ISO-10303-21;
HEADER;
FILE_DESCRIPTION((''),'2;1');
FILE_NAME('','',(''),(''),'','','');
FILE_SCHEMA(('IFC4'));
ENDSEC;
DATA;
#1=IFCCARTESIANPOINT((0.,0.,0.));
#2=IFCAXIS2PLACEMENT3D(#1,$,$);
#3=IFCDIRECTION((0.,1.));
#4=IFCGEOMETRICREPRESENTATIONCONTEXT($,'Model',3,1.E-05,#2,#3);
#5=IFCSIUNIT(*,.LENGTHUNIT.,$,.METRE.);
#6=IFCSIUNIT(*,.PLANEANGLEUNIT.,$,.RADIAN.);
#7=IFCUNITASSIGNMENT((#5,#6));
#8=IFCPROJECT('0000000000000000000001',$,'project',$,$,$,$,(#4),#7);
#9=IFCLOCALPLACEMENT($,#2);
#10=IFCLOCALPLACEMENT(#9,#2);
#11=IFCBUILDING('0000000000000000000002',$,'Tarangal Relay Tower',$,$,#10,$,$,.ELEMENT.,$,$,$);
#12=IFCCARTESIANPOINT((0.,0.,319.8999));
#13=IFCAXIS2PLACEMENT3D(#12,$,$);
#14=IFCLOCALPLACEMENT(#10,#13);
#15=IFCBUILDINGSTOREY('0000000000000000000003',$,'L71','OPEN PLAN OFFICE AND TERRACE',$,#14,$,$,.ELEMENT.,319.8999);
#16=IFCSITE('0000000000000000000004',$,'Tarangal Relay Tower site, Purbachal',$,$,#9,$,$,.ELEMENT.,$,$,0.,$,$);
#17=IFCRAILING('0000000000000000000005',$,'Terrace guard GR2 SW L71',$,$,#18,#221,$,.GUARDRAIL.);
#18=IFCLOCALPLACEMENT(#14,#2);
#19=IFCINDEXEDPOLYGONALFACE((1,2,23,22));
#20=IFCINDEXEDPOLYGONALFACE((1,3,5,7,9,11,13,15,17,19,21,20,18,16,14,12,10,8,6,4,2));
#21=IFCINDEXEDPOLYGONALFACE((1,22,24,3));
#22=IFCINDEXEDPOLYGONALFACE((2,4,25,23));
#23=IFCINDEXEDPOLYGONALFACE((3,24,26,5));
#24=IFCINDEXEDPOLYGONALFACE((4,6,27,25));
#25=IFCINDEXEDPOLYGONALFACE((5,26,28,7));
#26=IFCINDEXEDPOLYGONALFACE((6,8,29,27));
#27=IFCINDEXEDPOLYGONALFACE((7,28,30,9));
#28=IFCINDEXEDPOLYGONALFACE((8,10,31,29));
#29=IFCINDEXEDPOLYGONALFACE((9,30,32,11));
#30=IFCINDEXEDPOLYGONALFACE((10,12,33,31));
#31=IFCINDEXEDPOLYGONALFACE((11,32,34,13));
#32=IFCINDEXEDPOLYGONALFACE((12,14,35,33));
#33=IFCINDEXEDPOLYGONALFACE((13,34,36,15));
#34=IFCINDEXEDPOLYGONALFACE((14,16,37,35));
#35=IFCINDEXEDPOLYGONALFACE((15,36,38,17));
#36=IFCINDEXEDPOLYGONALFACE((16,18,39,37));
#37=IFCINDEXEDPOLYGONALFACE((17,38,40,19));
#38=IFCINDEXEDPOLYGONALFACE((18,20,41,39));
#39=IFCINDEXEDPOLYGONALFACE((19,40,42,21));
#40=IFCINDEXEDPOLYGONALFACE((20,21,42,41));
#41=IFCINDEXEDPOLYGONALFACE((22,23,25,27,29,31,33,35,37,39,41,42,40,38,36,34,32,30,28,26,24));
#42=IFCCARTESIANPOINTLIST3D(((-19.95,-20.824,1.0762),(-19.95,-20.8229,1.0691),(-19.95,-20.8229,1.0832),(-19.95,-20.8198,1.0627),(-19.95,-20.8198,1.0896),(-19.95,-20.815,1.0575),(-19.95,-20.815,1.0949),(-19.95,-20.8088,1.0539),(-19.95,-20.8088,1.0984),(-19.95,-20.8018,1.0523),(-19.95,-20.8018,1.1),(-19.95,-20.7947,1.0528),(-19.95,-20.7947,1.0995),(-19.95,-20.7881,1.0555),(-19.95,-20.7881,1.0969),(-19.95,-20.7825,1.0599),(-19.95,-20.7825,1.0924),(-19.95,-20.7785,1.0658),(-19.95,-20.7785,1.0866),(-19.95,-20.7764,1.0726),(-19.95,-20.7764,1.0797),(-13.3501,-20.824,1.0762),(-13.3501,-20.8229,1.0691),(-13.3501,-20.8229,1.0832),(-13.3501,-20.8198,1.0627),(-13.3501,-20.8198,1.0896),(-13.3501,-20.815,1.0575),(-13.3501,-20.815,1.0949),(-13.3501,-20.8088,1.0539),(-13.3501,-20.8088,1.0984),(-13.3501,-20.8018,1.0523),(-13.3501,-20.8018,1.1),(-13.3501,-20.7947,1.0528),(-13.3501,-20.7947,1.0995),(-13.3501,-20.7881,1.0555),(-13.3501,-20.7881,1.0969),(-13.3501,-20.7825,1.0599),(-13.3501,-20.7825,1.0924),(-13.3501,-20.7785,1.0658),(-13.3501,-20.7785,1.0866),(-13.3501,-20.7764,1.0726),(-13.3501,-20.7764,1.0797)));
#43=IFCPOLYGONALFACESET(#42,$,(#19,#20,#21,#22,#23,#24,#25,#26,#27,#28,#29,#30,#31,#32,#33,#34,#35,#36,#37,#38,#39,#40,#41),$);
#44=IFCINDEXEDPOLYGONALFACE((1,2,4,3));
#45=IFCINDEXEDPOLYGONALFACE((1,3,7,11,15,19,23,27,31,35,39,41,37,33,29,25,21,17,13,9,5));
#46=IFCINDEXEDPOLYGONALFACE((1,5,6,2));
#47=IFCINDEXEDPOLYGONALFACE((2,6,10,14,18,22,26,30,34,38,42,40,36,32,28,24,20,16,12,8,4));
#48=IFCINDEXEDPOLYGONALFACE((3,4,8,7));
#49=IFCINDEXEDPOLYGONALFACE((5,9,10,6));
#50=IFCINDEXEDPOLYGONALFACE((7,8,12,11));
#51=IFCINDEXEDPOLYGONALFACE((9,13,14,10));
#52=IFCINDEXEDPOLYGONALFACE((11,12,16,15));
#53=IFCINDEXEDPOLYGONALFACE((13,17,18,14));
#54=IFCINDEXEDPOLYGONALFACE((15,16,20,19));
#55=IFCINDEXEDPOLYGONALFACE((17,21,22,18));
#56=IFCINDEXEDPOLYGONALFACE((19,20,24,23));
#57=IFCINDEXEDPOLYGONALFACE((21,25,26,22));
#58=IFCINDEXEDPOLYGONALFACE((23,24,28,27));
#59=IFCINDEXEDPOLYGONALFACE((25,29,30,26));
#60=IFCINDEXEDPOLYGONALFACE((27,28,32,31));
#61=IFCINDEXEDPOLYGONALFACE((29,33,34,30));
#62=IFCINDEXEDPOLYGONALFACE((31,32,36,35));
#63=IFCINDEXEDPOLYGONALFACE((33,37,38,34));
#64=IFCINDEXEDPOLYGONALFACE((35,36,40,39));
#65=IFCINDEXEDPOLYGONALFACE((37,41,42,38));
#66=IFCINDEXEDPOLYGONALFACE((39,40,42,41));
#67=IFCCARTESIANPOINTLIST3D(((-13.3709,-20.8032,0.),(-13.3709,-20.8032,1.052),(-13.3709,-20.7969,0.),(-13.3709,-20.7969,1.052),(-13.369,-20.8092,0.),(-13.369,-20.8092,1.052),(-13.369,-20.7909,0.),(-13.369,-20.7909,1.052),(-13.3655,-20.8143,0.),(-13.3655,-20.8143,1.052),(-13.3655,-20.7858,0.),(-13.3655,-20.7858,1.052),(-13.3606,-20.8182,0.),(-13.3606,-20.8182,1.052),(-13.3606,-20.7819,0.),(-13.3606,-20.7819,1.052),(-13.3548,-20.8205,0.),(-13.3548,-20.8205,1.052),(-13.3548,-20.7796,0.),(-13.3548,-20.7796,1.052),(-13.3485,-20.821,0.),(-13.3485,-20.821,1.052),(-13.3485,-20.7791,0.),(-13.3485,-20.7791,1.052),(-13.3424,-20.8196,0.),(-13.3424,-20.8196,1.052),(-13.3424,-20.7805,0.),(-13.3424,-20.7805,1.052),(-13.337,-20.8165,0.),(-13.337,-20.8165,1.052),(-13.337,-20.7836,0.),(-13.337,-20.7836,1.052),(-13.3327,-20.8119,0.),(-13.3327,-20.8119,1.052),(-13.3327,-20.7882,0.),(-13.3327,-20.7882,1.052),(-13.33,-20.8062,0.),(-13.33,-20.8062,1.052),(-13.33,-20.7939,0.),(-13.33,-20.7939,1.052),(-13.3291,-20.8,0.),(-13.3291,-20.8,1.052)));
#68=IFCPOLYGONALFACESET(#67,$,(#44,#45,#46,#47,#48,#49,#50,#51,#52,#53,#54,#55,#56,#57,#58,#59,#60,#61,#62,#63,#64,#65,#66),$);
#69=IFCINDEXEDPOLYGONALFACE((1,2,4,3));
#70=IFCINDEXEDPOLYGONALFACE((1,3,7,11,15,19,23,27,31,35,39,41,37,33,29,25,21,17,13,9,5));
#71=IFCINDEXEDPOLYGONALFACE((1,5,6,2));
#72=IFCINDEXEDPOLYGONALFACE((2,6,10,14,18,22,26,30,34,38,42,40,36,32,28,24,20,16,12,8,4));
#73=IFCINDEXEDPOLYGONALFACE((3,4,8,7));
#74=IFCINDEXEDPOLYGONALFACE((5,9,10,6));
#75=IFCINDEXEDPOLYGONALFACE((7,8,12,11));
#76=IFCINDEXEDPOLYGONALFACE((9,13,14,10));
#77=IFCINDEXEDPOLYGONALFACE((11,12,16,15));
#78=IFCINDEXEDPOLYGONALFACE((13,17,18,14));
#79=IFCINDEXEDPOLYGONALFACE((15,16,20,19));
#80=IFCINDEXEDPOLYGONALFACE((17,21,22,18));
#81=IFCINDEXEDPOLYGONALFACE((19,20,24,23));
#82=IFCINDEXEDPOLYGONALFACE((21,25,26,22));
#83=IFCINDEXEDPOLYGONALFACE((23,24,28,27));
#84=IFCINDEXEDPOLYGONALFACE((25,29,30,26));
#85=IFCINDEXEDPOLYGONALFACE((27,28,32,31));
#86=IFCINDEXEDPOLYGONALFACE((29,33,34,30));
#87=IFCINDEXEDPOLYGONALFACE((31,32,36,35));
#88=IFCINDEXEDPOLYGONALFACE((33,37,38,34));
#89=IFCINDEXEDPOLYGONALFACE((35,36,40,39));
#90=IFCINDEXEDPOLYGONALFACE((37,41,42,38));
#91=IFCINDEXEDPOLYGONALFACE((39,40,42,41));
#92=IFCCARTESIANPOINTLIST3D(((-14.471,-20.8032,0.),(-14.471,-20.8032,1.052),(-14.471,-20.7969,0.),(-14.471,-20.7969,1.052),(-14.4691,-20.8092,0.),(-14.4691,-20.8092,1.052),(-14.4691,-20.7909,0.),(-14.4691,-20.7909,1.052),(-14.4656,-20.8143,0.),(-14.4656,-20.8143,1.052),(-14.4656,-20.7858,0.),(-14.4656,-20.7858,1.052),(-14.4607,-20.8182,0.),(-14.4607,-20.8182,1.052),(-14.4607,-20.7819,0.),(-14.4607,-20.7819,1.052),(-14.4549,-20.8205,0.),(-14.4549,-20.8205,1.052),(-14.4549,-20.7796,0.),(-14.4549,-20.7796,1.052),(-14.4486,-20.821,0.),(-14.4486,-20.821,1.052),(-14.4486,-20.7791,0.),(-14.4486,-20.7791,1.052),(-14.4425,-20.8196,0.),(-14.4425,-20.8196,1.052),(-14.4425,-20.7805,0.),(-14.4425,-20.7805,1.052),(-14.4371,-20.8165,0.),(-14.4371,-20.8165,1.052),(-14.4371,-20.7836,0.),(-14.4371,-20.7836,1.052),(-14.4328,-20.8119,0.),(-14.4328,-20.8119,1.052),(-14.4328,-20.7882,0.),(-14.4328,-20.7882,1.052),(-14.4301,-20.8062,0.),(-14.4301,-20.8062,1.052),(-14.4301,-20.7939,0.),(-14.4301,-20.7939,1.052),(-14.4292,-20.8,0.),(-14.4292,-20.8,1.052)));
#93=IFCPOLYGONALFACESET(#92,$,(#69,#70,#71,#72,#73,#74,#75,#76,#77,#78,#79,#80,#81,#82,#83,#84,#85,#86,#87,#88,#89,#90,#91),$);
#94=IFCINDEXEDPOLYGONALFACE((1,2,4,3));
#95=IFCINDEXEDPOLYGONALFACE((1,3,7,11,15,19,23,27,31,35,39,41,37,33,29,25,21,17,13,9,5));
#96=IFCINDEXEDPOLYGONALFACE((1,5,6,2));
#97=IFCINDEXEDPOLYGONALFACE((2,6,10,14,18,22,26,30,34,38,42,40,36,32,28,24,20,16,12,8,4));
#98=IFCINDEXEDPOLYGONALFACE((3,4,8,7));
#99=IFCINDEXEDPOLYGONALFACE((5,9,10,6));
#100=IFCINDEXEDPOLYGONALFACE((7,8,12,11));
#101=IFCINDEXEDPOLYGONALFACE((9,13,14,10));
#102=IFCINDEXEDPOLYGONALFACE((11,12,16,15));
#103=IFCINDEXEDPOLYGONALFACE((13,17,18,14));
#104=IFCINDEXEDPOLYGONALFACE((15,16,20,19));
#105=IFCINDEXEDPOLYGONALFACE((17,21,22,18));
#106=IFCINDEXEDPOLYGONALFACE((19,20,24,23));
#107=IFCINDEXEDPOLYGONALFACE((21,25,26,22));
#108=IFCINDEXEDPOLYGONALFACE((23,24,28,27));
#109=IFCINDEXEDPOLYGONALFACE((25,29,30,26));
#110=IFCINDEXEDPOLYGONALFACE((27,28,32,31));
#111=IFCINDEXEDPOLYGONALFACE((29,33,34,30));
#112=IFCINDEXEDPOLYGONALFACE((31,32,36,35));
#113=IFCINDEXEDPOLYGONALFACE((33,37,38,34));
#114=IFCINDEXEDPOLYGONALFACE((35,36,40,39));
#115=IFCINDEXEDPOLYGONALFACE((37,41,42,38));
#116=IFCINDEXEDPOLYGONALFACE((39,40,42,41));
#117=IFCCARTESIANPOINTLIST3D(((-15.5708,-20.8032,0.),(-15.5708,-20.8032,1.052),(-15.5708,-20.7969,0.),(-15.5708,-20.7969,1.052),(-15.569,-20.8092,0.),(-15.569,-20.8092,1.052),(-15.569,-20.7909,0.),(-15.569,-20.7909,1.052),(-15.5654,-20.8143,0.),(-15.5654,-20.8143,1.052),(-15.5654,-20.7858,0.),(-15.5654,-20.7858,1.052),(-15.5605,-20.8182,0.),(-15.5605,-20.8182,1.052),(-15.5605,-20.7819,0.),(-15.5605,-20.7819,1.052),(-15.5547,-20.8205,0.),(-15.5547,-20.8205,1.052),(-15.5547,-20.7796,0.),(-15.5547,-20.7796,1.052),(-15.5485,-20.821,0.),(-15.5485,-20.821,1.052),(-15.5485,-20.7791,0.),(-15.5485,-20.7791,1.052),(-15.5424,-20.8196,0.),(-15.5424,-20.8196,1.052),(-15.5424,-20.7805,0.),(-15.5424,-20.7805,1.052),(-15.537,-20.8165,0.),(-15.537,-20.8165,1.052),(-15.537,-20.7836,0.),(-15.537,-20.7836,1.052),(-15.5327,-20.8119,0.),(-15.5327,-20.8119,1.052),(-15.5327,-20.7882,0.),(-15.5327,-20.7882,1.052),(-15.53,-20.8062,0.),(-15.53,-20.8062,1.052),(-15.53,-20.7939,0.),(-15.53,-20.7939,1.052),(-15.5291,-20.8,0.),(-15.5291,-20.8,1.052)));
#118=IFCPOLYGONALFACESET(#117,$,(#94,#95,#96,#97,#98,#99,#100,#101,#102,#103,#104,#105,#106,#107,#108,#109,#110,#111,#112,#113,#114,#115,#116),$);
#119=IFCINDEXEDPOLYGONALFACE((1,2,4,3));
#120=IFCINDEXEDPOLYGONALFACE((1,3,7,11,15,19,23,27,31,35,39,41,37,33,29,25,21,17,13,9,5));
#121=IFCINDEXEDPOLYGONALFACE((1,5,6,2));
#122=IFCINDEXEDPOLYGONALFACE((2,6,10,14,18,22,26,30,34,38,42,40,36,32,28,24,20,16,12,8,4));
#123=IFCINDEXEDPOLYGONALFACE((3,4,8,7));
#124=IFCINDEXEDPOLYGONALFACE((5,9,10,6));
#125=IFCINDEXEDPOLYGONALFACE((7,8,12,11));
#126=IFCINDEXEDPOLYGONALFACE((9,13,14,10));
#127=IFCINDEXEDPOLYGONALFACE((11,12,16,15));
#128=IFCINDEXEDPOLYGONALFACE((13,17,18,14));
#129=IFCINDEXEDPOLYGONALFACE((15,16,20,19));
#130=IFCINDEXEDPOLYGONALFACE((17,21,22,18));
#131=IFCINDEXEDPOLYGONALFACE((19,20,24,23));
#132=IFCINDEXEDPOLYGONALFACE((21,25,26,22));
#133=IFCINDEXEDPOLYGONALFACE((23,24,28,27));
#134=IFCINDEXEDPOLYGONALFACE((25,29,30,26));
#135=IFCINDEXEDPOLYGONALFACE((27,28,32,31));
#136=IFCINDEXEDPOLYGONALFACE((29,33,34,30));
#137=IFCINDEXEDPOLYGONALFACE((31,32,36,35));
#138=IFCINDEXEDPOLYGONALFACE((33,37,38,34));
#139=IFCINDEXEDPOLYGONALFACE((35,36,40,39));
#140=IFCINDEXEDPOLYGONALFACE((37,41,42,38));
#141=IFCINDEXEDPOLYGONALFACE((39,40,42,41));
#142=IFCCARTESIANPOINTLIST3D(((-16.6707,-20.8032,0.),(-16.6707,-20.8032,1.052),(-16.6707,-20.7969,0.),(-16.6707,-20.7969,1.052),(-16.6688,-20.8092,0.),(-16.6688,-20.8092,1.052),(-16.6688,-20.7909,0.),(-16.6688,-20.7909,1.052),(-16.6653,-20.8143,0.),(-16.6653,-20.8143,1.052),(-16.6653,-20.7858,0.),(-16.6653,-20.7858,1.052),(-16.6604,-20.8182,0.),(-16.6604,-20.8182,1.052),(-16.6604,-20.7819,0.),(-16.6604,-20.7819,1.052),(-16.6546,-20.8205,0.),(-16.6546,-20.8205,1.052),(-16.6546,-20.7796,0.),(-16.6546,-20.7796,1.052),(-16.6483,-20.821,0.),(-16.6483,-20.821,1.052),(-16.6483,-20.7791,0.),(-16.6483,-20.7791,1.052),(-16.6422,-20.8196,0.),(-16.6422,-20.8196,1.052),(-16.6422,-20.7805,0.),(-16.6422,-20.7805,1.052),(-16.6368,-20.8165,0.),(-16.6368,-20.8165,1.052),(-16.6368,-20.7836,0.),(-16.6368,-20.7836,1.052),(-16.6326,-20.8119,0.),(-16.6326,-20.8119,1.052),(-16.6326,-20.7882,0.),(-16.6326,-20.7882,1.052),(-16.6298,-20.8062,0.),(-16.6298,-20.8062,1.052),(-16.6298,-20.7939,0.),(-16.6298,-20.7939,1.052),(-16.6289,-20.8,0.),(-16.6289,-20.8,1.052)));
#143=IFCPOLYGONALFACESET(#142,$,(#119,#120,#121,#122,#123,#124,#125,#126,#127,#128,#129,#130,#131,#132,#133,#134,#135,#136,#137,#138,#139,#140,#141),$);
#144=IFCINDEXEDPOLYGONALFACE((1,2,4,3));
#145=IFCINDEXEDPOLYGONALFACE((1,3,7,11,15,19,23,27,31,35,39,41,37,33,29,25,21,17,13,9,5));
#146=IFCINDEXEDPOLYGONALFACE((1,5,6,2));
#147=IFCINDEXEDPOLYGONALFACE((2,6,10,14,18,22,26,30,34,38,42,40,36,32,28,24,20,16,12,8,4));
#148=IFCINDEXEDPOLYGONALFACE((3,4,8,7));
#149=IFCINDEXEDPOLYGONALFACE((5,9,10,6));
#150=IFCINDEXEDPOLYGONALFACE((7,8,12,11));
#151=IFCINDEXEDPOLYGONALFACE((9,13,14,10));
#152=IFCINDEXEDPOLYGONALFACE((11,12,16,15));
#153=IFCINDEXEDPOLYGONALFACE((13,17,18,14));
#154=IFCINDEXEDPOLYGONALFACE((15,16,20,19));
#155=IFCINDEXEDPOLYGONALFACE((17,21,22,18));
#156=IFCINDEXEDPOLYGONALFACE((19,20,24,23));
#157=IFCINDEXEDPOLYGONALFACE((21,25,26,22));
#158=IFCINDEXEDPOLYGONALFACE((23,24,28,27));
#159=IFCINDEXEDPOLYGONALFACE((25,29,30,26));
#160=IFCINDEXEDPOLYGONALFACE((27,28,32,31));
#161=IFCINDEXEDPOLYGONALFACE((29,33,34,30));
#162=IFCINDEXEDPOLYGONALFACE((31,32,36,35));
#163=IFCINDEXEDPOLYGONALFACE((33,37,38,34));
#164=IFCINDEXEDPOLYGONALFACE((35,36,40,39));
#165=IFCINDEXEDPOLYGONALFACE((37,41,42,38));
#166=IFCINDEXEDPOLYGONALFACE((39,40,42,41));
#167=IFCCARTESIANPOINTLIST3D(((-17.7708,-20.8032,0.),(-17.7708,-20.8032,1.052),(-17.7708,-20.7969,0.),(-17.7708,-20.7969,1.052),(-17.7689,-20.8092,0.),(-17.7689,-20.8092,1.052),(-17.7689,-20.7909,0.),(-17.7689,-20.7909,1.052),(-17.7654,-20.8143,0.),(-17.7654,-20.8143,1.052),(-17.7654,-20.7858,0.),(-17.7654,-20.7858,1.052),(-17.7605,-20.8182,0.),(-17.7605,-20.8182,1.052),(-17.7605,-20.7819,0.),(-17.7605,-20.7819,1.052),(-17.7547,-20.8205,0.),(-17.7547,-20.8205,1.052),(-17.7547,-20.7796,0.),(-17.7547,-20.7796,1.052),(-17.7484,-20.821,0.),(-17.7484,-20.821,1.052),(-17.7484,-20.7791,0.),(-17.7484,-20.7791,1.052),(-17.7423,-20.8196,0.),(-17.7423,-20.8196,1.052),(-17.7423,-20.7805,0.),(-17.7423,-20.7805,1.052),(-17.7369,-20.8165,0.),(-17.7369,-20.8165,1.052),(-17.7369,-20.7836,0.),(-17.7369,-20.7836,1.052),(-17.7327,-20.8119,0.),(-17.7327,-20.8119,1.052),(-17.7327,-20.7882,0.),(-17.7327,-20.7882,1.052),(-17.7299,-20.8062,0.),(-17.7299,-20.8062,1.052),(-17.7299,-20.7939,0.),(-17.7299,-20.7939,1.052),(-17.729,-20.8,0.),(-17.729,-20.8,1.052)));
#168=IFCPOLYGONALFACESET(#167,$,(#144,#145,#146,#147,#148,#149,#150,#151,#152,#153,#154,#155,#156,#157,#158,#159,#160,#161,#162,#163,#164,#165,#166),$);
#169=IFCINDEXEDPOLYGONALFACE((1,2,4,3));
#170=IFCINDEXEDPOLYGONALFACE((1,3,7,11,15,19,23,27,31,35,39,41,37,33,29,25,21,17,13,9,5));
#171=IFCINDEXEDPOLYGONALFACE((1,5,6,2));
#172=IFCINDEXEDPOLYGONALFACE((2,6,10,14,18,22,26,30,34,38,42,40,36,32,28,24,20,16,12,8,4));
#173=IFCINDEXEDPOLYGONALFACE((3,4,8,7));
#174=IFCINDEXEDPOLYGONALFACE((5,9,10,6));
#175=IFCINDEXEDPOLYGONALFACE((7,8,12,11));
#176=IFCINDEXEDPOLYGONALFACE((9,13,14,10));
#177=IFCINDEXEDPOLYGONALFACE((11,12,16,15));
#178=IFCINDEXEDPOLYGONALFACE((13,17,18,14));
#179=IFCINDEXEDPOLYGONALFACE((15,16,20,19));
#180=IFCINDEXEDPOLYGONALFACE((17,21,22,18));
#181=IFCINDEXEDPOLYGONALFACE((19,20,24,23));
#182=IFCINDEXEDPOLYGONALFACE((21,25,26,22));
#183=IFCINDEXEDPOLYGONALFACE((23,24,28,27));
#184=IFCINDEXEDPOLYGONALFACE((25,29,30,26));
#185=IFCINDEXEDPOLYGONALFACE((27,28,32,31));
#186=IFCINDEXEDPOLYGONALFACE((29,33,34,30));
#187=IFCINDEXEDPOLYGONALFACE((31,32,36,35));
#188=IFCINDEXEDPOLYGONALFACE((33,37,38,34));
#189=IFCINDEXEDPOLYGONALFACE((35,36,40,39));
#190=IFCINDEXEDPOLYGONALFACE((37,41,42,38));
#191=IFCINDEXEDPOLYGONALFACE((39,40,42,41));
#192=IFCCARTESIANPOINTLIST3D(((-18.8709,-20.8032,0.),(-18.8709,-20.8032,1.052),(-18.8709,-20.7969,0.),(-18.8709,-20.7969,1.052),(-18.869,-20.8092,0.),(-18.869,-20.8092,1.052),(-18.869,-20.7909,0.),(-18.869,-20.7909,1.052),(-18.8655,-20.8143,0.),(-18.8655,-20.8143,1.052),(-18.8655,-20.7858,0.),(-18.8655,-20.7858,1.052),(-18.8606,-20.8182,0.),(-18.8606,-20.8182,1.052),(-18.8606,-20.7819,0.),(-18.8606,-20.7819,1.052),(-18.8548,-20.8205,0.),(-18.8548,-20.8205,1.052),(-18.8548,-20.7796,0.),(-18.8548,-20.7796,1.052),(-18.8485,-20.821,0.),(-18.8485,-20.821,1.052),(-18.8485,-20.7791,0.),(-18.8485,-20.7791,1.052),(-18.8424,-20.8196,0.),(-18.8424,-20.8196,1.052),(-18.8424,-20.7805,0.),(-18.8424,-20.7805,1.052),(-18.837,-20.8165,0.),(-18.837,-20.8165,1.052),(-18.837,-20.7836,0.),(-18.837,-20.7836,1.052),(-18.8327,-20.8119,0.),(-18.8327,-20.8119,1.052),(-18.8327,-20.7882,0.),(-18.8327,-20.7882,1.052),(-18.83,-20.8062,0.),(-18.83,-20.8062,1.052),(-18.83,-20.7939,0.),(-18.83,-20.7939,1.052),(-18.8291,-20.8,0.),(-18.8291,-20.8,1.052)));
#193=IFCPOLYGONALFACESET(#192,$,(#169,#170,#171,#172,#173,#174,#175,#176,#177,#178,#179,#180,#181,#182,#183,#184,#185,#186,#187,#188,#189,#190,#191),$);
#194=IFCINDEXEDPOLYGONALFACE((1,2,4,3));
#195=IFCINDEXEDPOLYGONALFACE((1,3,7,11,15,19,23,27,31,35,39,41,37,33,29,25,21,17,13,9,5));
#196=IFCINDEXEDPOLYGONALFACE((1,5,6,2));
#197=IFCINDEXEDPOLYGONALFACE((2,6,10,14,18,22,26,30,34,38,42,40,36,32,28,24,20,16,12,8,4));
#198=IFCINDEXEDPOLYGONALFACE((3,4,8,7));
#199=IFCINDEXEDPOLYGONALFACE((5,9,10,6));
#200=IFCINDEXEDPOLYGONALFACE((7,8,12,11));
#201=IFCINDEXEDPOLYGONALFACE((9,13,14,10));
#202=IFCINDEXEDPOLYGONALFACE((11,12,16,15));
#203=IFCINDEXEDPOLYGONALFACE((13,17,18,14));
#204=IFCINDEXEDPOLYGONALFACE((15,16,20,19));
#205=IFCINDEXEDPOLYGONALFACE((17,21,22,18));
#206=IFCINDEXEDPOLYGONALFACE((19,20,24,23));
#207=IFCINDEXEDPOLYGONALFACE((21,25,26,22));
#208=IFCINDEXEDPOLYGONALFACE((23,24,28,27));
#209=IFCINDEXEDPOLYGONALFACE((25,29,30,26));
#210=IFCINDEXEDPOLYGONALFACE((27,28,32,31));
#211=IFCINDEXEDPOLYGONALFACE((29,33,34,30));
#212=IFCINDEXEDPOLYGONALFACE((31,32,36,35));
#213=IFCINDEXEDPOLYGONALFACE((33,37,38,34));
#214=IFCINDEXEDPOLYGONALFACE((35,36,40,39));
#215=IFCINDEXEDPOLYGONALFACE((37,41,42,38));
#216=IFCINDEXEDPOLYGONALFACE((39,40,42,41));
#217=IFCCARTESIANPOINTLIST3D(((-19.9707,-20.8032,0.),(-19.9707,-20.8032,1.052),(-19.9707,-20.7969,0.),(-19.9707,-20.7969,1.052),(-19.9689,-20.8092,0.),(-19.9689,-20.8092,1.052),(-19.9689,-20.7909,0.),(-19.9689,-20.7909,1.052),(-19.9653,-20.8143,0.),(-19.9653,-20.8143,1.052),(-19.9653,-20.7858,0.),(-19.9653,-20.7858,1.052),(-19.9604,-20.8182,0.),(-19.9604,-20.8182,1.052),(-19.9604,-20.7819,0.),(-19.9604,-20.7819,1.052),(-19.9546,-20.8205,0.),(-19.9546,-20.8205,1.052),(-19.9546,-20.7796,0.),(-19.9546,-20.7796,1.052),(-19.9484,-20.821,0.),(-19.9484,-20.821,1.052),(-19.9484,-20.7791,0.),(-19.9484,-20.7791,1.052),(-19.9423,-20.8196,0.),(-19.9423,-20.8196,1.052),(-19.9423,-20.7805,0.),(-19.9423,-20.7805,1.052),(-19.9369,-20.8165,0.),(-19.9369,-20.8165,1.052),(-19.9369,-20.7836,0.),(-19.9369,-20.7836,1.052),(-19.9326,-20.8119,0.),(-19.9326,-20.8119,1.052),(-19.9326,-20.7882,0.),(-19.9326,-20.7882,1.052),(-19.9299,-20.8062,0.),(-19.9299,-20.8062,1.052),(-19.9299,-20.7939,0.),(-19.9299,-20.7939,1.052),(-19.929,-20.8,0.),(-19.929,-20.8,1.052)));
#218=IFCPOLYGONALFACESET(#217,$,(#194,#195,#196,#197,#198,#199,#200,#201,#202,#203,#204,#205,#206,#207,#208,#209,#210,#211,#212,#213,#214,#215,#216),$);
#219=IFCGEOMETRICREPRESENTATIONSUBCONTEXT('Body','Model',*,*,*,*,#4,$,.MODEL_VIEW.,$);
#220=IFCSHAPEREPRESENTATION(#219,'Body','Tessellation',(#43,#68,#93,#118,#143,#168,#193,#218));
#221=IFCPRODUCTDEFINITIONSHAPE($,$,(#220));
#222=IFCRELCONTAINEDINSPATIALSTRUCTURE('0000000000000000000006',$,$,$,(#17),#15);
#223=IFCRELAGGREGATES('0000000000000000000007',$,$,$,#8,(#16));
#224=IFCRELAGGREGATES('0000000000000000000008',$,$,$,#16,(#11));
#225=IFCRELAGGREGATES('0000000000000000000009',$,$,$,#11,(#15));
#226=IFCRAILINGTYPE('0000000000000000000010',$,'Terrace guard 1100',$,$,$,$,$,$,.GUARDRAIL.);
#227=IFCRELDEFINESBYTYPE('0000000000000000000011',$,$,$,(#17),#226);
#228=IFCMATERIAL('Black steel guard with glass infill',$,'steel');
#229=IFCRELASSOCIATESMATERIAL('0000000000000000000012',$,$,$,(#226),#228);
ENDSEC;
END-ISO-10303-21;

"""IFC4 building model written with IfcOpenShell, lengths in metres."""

from ifc_helpers import new_model, si_unit, direction, frame, origin, origin_2d, place, context, subcontext, project, spatial, circle, extrude, material, type_object, element, save


model = new_model("IFC4")

# Units and contexts
model_context = context("Model", 3, precision=1e-05, world=origin(), true_north=direction((0.0, 1.0)))
body_context = subcontext(model_context, "Body", "Model", "MODEL_VIEW")
ifc_project = project(units=[si_unit("LENGTHUNIT", "METRE"), si_unit("PLANEANGLEUNIT", "RADIAN")], contexts=[model_context])

# Site, building, storey
site_placement = place(None, origin())
site = spatial("IfcSite", under=ifc_project, at=site_placement, Name="Tarangal Relay Tower site, Purbachal", CompositionType="ELEMENT", RefElevation=0.0)
building_placement = place(site_placement, origin())
building = spatial("IfcBuilding", under=site, at=building_placement, Name="Tarangal Relay Tower", CompositionType="ELEMENT")
storey_placement = place(building_placement, frame((0.0, 0.0, 319.8999)))
storey = spatial("IfcBuildingStorey", under=building, at=storey_placement, Name="L71", Description="OPEN PLAN OFFICE AND TERRACE", CompositionType="ELEMENT", Elevation=319.8999)

# Railing
ifc_material_1 = material(Name="Black steel guard with glass infill", Category="steel")
railing_type = type_object("IfcRailingType", Name="Terrace guard 1100", PredefinedType="GUARDRAIL", material=ifc_material_1)
railing_1_placement = place(storey_placement, frame((-13.3501, -20.8, 0.0)))
element("IfcRailing", 1, at=railing_1_placement, inside=storey, type_object=railing_type, Name="Terrace guard GR2 SW L71", PredefinedType="GUARDRAIL", context=body_context, shape_type="SweptSolid", body=[
    extrude(circle(Radius=0.0239, at=origin_2d()), frame((0.0, 0.0, 1.0762), z_axis=(-1.0, 0.0, 0.0), x_axis=(0.0, -1.0, 0.0)), (0.0, 0.0, 1.0), 6.5999),
    extrude(circle(Radius=0.021, at=origin_2d()), origin(), (0.0, 0.0, 1.0), 1.052),
    extrude(circle(Radius=0.021, at=origin_2d()), frame((-1.1001, 0.0, 0.0)), (0.0, 0.0, 1.0), 1.052),
    extrude(circle(Radius=0.021, at=origin_2d()), frame((-2.2, 0.0, 0.0)), (0.0, 0.0, 1.0), 1.052),
    extrude(circle(Radius=0.021, at=origin_2d()), frame((-3.2998, 0.0, 0.0)), (0.0, 0.0, 1.0), 1.052),
    extrude(circle(Radius=0.021, at=origin_2d()), frame((-4.3999, 0.0, 0.0)), (0.0, 0.0, 1.0), 1.052),
    extrude(circle(Radius=0.021, at=origin_2d()), frame((-5.5, 0.0, 0.0)), (0.0, 0.0, 1.0), 1.052),
    extrude(circle(Radius=0.021, at=origin_2d()), frame((-6.5999, 0.0, 0.0)), (0.0, 0.0, 1.0), 1.052),
])

save(model, "model.ifc")
